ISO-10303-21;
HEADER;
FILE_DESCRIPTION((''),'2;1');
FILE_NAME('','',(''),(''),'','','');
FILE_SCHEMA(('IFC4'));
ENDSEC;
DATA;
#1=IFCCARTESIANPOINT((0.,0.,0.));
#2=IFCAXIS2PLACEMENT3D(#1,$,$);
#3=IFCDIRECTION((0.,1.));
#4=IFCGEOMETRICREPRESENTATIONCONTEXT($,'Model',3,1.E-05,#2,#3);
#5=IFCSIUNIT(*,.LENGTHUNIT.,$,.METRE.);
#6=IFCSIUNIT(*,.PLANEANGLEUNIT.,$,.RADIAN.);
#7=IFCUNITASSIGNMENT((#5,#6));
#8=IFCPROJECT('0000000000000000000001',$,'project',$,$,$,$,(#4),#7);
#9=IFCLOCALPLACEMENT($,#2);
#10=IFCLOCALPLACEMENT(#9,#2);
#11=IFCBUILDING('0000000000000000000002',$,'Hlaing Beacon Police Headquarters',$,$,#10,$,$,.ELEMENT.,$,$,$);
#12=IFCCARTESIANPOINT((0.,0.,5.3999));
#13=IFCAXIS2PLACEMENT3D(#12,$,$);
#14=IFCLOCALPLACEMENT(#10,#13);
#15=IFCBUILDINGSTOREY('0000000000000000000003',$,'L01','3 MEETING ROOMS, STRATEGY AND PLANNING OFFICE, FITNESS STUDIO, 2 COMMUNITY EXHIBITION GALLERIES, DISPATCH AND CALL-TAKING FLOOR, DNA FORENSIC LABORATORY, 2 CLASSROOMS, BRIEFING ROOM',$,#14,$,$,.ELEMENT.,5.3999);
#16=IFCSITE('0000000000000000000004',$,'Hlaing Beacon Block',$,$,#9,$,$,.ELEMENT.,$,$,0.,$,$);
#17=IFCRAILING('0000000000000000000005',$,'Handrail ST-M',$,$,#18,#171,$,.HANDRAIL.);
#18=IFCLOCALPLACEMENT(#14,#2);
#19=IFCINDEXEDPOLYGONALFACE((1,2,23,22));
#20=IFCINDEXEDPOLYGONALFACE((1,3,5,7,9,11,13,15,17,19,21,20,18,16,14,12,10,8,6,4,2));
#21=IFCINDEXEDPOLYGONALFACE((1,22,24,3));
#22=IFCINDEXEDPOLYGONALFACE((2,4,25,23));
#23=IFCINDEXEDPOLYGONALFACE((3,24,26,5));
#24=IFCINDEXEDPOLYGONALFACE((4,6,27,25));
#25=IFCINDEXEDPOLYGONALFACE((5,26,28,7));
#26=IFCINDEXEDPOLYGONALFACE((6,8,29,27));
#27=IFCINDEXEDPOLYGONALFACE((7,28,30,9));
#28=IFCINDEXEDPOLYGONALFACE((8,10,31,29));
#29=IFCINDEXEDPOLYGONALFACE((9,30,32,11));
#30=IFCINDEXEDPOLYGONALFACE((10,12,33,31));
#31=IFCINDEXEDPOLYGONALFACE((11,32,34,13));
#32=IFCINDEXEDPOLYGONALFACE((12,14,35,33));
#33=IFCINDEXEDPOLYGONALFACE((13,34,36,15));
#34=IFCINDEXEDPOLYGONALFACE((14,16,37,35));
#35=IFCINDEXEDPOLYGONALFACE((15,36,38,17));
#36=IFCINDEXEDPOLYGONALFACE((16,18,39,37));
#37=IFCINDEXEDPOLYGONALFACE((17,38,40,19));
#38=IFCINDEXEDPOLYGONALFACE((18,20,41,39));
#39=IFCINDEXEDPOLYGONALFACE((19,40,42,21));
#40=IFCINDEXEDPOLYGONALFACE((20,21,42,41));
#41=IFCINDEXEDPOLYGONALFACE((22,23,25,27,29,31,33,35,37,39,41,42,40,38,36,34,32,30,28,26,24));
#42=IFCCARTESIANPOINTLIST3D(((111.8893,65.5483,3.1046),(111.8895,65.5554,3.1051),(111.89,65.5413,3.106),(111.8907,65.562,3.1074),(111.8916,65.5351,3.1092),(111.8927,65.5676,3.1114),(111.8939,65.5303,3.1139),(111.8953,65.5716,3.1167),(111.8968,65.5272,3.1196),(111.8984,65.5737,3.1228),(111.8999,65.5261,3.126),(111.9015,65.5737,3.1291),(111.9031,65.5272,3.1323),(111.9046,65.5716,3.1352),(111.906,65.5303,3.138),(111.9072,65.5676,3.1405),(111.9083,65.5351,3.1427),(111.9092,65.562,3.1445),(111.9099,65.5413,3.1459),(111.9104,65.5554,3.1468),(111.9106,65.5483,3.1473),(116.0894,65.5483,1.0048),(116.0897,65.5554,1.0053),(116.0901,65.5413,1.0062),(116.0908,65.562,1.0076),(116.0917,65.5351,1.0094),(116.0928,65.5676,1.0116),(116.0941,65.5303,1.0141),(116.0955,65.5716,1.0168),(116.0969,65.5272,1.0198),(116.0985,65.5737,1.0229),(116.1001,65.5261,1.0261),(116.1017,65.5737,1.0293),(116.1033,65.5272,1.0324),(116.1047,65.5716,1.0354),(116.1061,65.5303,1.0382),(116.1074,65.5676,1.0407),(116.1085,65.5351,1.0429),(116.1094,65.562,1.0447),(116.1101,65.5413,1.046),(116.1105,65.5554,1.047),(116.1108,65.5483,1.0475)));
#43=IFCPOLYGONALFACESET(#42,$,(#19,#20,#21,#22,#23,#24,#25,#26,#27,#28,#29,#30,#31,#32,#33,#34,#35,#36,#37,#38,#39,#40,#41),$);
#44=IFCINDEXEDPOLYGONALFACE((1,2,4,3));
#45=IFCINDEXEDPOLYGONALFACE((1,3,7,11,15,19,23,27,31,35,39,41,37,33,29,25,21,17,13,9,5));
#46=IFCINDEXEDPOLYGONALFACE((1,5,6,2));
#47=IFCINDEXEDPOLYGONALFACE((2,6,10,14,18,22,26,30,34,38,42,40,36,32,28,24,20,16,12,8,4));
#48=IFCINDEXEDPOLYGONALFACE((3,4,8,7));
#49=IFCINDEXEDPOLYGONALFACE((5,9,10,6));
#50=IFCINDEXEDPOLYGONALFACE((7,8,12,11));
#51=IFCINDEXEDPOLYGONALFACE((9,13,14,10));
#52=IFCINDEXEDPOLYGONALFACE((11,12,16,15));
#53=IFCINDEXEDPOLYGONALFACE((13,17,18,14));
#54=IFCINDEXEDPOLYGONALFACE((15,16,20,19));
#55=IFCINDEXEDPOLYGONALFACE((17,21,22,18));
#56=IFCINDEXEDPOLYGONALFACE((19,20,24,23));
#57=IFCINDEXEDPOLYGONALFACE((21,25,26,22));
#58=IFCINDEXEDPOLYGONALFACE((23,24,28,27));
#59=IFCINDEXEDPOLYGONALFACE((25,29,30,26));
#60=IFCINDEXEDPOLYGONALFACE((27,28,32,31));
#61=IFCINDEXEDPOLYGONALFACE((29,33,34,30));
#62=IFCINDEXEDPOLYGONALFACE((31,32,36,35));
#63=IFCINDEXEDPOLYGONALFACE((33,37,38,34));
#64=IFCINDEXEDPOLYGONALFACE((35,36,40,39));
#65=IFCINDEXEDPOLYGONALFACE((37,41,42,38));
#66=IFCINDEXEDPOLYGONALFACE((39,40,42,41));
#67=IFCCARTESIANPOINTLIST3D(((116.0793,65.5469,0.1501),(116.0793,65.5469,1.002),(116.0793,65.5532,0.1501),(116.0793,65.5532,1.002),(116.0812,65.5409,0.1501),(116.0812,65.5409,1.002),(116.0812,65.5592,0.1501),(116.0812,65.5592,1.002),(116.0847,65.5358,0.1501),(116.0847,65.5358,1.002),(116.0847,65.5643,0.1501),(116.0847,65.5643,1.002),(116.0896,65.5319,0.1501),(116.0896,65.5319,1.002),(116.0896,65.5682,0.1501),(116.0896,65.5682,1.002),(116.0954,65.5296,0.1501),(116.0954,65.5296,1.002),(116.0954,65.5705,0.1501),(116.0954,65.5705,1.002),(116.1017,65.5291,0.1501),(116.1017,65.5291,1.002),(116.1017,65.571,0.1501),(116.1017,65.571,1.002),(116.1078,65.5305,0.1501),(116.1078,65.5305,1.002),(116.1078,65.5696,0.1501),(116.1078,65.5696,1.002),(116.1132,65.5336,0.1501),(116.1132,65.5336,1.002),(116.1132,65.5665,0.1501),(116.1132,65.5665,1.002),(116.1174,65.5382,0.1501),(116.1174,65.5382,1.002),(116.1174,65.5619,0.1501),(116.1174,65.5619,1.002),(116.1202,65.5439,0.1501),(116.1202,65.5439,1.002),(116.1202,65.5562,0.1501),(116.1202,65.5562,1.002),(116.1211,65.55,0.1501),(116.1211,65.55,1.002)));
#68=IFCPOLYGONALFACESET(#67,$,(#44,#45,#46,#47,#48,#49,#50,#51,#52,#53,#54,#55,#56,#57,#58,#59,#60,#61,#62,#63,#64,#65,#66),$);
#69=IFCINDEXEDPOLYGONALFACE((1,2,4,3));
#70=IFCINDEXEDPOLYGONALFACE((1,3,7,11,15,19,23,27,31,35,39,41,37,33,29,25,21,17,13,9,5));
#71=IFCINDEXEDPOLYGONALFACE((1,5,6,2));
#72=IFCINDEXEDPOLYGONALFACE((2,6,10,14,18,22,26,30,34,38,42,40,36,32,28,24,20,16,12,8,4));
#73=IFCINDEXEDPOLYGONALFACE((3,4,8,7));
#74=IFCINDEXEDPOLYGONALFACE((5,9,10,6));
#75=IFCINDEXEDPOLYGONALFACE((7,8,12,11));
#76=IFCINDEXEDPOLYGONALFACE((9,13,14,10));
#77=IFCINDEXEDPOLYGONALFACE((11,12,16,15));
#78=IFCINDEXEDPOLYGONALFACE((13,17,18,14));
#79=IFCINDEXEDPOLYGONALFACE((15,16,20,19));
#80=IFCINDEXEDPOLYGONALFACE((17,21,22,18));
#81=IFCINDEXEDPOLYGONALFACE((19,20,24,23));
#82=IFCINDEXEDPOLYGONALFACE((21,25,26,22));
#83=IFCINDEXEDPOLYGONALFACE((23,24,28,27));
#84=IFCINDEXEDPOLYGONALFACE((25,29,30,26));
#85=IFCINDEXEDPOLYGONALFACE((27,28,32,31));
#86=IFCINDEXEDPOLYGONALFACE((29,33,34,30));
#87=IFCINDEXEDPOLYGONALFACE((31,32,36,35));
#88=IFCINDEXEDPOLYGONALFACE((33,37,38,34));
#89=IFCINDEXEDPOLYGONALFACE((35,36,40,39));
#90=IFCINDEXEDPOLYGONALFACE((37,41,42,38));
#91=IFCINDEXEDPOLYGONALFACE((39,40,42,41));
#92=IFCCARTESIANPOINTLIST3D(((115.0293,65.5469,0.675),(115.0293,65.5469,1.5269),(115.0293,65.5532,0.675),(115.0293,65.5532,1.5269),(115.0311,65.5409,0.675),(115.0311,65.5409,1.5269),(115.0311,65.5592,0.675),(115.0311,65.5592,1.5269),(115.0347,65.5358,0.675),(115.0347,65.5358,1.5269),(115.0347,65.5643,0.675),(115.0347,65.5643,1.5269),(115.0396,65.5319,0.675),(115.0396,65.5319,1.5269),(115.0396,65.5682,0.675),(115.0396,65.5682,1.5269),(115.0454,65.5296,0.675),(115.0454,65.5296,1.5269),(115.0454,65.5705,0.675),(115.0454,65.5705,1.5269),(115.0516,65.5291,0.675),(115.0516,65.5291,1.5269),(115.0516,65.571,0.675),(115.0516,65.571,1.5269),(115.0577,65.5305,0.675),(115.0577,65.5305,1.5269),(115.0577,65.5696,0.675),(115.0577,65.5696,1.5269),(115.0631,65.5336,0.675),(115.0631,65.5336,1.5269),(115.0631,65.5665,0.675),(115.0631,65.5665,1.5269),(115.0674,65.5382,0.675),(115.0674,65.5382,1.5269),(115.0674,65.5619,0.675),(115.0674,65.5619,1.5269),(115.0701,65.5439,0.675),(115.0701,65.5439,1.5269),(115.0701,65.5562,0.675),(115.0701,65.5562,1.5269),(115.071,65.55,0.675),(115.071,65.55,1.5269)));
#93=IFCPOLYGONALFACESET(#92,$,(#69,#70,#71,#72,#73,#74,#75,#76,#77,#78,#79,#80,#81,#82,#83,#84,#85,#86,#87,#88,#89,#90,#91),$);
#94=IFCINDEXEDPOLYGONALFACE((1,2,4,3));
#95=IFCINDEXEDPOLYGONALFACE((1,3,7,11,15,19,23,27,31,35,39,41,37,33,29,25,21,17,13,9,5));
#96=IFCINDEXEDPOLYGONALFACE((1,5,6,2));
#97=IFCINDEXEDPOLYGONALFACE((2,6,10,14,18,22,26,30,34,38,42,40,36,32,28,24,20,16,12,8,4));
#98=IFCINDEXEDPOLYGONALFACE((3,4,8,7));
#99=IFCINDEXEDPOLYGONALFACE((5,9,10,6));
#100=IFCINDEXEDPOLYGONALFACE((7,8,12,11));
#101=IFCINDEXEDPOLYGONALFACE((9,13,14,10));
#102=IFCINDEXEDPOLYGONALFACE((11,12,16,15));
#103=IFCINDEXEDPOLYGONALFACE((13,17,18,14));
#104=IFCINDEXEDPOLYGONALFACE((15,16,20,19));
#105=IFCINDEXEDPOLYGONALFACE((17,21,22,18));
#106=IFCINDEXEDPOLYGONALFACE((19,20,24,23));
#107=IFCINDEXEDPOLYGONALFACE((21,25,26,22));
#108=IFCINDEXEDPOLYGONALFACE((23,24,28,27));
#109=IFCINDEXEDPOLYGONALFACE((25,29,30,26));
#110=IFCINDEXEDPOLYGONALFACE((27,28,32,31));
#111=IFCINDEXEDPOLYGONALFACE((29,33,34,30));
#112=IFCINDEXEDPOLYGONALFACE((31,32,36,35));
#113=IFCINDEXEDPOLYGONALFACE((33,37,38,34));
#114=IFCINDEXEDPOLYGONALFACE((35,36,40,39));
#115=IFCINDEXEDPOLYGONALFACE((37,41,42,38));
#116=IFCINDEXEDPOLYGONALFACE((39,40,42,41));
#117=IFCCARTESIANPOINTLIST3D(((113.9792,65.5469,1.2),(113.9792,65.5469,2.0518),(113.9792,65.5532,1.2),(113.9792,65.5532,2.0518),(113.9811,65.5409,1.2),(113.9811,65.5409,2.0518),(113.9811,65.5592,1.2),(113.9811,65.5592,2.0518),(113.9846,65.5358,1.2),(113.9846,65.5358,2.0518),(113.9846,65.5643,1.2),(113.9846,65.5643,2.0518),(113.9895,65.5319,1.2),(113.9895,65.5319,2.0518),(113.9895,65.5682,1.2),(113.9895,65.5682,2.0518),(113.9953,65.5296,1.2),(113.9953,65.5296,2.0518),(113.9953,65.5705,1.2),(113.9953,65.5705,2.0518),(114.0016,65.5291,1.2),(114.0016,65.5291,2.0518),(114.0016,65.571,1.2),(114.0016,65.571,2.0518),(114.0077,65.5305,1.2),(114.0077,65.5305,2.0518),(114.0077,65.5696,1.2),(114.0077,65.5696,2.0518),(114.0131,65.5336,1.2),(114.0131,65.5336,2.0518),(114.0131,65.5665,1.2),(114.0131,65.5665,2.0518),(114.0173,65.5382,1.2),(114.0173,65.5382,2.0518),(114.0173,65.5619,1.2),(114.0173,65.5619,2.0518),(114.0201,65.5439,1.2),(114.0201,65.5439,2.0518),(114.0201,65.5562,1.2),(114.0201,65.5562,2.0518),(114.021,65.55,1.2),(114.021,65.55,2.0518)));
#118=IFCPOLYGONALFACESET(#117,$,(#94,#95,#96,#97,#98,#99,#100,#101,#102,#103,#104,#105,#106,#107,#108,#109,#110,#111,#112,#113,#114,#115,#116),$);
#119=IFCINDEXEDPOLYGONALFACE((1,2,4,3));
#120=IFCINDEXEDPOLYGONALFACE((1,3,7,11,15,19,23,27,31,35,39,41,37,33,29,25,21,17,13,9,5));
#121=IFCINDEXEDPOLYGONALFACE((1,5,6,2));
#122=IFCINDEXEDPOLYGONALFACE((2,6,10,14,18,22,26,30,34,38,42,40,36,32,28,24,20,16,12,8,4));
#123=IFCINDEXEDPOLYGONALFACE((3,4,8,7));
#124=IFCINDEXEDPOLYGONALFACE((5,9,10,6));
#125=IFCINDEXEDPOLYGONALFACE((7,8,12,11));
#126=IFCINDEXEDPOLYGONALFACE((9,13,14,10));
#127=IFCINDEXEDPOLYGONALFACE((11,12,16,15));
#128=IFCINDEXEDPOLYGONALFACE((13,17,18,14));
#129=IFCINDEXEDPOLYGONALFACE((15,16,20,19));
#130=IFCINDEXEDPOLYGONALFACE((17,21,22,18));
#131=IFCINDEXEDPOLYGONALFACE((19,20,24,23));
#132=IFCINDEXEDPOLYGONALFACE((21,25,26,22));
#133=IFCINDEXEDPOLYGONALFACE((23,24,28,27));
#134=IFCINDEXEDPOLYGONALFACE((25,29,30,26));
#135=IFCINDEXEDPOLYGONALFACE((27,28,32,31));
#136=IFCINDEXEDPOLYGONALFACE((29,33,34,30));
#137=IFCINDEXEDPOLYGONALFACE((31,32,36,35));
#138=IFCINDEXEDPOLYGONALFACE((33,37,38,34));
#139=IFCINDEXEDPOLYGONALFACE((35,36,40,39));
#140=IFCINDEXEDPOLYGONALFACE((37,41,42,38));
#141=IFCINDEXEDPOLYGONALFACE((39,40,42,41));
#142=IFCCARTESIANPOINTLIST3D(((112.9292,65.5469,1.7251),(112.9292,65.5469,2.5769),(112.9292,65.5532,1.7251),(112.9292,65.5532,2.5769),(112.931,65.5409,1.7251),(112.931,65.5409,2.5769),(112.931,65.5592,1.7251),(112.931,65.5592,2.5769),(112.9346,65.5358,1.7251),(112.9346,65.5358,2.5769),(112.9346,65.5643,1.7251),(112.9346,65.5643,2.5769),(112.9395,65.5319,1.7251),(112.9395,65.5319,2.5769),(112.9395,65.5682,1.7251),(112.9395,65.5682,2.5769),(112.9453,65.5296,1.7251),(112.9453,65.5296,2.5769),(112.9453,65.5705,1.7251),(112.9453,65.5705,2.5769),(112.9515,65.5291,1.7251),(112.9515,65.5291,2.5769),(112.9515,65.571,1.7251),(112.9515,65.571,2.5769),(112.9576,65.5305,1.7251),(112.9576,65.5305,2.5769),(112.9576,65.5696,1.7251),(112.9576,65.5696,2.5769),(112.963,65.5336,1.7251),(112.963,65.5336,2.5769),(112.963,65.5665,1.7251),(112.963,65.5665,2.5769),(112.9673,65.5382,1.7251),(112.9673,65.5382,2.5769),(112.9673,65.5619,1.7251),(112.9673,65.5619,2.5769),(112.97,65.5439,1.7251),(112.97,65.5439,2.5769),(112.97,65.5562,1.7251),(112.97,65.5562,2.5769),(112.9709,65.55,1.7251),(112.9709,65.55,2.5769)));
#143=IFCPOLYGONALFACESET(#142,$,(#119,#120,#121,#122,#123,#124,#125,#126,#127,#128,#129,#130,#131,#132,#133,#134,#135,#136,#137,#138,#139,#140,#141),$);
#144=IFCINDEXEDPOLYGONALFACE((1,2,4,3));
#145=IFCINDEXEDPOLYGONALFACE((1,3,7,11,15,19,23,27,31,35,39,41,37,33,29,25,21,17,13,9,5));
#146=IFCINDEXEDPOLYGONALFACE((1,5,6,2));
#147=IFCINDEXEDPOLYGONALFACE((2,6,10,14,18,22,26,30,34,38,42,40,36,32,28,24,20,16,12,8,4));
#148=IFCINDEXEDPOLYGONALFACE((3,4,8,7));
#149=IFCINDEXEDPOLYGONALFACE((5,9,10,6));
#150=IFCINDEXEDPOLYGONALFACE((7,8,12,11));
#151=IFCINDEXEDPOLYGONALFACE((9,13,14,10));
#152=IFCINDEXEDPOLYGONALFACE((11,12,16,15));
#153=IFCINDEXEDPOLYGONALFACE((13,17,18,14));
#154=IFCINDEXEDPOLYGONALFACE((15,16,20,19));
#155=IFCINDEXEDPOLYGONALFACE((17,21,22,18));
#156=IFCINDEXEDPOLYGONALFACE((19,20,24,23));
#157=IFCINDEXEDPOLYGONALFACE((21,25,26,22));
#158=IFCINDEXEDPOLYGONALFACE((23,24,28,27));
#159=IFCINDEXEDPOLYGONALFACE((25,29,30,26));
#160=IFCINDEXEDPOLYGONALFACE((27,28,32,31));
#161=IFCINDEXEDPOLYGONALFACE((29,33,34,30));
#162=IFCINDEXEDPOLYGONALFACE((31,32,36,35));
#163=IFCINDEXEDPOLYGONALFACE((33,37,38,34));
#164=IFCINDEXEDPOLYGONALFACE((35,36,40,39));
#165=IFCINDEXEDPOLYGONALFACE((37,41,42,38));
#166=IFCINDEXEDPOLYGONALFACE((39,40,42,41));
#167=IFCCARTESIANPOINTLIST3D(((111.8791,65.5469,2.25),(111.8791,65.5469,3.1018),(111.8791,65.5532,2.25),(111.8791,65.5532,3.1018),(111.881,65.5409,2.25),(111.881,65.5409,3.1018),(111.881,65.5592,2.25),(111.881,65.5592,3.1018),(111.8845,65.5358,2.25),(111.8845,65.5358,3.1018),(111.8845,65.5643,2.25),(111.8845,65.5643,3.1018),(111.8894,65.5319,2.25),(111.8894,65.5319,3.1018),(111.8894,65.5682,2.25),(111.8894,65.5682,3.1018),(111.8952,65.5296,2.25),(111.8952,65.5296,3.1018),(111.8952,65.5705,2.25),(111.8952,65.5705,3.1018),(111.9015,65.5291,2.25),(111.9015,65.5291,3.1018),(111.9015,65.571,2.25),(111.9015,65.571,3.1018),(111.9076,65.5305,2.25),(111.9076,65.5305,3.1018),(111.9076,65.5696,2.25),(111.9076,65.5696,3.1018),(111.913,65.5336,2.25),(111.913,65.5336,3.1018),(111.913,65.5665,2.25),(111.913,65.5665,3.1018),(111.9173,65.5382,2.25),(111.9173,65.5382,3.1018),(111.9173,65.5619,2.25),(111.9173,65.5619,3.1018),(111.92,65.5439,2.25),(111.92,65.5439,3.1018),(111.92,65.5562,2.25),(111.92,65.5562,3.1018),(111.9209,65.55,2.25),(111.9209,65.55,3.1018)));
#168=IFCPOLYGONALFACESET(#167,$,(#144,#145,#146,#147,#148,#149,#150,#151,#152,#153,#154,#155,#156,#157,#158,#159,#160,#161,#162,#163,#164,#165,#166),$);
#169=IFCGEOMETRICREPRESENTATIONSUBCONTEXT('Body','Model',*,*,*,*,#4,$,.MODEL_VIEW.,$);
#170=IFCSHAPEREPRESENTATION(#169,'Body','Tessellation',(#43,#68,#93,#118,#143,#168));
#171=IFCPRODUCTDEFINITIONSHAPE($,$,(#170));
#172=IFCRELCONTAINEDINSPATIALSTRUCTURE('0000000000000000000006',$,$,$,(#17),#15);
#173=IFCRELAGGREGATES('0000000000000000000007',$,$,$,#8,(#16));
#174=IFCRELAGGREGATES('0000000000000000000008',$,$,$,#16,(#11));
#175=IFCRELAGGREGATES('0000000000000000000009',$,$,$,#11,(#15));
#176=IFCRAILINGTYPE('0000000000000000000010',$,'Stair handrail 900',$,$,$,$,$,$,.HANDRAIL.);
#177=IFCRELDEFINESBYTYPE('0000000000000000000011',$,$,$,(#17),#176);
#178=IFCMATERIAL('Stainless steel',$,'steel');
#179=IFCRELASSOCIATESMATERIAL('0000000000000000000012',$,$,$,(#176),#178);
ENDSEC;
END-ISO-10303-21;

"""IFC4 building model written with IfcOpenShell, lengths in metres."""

from ifc_helpers import new_model, si_unit, direction, frame, origin, origin_2d, place, context, subcontext, project, spatial, circle, extrude, material, type_object, element, save


model = new_model("IFC4")

# Units and contexts
model_context = context("Model", 3, precision=1e-05, world=origin(), true_north=direction((0.0, 1.0)))
body_context = subcontext(model_context, "Body", "Model", "MODEL_VIEW")
ifc_project = project(units=[si_unit("LENGTHUNIT", "METRE"), si_unit("PLANEANGLEUNIT", "RADIAN")], contexts=[model_context])

# Site, building, storey
site_placement = place(None, origin())
site = spatial("IfcSite", under=ifc_project, at=site_placement, Name="Hlaing Beacon Block", CompositionType="ELEMENT", RefElevation=0.0)
building_placement = place(site_placement, origin())
building = spatial("IfcBuilding", under=site, at=building_placement, Name="Hlaing Beacon Police Headquarters", CompositionType="ELEMENT")
storey_placement = place(building_placement, frame((0.0, 0.0, 5.3999)))
storey = spatial("IfcBuildingStorey", under=building, at=storey_placement, Name="L01", Description="3 MEETING ROOMS, STRATEGY AND PLANNING OFFICE, FITNESS STUDIO, 2 COMMUNITY EXHIBITION GALLERIES, DISPATCH AND CALL-TAKING FLOOR, DNA FORENSIC LABORATORY, 2 CLASSROOMS, BRIEFING ROOM", CompositionType="ELEMENT", Elevation=5.3999)

# Railing
ifc_material_1 = material(Name="Stainless steel", Category="steel")
railing_type = type_object("IfcRailingType", Name="Stair handrail 900", PredefinedType="HANDRAIL", material=ifc_material_1)
for number, where, name in (
    (1, (116.1001, 65.55, 0.1501), "Handrail ST-M"),
):
    element("IfcRailing", number, at=place(storey_placement, frame(where)), inside=storey, type_object=railing_type, Name=name, PredefinedType="HANDRAIL", context=body_context, shape_type="SweptSolid", body=[
        extrude(circle(Radius=0.0239, at=origin_2d()), frame((0.0, 0.0, 0.876), z_axis=(-0.894448, 0.0, 0.447172), x_axis=(0.0, -1.0, 0.0)), (0.0, 0.0, 1.0), 4.6958),
        extrude(circle(Radius=0.021, at=origin_2d()), origin(), (0.0, 0.0, 1.0), 0.8518),
        extrude(circle(Radius=0.021, at=origin_2d()), frame((-1.05, 0.0, 0.5249)), (0.0, 0.0, 1.0), 0.8518),
        extrude(circle(Radius=0.021, at=origin_2d()), frame((-2.1001, 0.0, 1.0498)), (0.0, 0.0, 1.0), 0.8518),
        extrude(circle(Radius=0.021, at=origin_2d()), frame((-3.1501, 0.0, 1.575)), (0.0, 0.0, 1.0), 0.8518),
        extrude(circle(Radius=0.021, at=origin_2d()), frame((-4.2002, 0.0, 2.0999)), (0.0, 0.0, 1.0), 0.8518),
    ])

save(model, "model.ifc")
